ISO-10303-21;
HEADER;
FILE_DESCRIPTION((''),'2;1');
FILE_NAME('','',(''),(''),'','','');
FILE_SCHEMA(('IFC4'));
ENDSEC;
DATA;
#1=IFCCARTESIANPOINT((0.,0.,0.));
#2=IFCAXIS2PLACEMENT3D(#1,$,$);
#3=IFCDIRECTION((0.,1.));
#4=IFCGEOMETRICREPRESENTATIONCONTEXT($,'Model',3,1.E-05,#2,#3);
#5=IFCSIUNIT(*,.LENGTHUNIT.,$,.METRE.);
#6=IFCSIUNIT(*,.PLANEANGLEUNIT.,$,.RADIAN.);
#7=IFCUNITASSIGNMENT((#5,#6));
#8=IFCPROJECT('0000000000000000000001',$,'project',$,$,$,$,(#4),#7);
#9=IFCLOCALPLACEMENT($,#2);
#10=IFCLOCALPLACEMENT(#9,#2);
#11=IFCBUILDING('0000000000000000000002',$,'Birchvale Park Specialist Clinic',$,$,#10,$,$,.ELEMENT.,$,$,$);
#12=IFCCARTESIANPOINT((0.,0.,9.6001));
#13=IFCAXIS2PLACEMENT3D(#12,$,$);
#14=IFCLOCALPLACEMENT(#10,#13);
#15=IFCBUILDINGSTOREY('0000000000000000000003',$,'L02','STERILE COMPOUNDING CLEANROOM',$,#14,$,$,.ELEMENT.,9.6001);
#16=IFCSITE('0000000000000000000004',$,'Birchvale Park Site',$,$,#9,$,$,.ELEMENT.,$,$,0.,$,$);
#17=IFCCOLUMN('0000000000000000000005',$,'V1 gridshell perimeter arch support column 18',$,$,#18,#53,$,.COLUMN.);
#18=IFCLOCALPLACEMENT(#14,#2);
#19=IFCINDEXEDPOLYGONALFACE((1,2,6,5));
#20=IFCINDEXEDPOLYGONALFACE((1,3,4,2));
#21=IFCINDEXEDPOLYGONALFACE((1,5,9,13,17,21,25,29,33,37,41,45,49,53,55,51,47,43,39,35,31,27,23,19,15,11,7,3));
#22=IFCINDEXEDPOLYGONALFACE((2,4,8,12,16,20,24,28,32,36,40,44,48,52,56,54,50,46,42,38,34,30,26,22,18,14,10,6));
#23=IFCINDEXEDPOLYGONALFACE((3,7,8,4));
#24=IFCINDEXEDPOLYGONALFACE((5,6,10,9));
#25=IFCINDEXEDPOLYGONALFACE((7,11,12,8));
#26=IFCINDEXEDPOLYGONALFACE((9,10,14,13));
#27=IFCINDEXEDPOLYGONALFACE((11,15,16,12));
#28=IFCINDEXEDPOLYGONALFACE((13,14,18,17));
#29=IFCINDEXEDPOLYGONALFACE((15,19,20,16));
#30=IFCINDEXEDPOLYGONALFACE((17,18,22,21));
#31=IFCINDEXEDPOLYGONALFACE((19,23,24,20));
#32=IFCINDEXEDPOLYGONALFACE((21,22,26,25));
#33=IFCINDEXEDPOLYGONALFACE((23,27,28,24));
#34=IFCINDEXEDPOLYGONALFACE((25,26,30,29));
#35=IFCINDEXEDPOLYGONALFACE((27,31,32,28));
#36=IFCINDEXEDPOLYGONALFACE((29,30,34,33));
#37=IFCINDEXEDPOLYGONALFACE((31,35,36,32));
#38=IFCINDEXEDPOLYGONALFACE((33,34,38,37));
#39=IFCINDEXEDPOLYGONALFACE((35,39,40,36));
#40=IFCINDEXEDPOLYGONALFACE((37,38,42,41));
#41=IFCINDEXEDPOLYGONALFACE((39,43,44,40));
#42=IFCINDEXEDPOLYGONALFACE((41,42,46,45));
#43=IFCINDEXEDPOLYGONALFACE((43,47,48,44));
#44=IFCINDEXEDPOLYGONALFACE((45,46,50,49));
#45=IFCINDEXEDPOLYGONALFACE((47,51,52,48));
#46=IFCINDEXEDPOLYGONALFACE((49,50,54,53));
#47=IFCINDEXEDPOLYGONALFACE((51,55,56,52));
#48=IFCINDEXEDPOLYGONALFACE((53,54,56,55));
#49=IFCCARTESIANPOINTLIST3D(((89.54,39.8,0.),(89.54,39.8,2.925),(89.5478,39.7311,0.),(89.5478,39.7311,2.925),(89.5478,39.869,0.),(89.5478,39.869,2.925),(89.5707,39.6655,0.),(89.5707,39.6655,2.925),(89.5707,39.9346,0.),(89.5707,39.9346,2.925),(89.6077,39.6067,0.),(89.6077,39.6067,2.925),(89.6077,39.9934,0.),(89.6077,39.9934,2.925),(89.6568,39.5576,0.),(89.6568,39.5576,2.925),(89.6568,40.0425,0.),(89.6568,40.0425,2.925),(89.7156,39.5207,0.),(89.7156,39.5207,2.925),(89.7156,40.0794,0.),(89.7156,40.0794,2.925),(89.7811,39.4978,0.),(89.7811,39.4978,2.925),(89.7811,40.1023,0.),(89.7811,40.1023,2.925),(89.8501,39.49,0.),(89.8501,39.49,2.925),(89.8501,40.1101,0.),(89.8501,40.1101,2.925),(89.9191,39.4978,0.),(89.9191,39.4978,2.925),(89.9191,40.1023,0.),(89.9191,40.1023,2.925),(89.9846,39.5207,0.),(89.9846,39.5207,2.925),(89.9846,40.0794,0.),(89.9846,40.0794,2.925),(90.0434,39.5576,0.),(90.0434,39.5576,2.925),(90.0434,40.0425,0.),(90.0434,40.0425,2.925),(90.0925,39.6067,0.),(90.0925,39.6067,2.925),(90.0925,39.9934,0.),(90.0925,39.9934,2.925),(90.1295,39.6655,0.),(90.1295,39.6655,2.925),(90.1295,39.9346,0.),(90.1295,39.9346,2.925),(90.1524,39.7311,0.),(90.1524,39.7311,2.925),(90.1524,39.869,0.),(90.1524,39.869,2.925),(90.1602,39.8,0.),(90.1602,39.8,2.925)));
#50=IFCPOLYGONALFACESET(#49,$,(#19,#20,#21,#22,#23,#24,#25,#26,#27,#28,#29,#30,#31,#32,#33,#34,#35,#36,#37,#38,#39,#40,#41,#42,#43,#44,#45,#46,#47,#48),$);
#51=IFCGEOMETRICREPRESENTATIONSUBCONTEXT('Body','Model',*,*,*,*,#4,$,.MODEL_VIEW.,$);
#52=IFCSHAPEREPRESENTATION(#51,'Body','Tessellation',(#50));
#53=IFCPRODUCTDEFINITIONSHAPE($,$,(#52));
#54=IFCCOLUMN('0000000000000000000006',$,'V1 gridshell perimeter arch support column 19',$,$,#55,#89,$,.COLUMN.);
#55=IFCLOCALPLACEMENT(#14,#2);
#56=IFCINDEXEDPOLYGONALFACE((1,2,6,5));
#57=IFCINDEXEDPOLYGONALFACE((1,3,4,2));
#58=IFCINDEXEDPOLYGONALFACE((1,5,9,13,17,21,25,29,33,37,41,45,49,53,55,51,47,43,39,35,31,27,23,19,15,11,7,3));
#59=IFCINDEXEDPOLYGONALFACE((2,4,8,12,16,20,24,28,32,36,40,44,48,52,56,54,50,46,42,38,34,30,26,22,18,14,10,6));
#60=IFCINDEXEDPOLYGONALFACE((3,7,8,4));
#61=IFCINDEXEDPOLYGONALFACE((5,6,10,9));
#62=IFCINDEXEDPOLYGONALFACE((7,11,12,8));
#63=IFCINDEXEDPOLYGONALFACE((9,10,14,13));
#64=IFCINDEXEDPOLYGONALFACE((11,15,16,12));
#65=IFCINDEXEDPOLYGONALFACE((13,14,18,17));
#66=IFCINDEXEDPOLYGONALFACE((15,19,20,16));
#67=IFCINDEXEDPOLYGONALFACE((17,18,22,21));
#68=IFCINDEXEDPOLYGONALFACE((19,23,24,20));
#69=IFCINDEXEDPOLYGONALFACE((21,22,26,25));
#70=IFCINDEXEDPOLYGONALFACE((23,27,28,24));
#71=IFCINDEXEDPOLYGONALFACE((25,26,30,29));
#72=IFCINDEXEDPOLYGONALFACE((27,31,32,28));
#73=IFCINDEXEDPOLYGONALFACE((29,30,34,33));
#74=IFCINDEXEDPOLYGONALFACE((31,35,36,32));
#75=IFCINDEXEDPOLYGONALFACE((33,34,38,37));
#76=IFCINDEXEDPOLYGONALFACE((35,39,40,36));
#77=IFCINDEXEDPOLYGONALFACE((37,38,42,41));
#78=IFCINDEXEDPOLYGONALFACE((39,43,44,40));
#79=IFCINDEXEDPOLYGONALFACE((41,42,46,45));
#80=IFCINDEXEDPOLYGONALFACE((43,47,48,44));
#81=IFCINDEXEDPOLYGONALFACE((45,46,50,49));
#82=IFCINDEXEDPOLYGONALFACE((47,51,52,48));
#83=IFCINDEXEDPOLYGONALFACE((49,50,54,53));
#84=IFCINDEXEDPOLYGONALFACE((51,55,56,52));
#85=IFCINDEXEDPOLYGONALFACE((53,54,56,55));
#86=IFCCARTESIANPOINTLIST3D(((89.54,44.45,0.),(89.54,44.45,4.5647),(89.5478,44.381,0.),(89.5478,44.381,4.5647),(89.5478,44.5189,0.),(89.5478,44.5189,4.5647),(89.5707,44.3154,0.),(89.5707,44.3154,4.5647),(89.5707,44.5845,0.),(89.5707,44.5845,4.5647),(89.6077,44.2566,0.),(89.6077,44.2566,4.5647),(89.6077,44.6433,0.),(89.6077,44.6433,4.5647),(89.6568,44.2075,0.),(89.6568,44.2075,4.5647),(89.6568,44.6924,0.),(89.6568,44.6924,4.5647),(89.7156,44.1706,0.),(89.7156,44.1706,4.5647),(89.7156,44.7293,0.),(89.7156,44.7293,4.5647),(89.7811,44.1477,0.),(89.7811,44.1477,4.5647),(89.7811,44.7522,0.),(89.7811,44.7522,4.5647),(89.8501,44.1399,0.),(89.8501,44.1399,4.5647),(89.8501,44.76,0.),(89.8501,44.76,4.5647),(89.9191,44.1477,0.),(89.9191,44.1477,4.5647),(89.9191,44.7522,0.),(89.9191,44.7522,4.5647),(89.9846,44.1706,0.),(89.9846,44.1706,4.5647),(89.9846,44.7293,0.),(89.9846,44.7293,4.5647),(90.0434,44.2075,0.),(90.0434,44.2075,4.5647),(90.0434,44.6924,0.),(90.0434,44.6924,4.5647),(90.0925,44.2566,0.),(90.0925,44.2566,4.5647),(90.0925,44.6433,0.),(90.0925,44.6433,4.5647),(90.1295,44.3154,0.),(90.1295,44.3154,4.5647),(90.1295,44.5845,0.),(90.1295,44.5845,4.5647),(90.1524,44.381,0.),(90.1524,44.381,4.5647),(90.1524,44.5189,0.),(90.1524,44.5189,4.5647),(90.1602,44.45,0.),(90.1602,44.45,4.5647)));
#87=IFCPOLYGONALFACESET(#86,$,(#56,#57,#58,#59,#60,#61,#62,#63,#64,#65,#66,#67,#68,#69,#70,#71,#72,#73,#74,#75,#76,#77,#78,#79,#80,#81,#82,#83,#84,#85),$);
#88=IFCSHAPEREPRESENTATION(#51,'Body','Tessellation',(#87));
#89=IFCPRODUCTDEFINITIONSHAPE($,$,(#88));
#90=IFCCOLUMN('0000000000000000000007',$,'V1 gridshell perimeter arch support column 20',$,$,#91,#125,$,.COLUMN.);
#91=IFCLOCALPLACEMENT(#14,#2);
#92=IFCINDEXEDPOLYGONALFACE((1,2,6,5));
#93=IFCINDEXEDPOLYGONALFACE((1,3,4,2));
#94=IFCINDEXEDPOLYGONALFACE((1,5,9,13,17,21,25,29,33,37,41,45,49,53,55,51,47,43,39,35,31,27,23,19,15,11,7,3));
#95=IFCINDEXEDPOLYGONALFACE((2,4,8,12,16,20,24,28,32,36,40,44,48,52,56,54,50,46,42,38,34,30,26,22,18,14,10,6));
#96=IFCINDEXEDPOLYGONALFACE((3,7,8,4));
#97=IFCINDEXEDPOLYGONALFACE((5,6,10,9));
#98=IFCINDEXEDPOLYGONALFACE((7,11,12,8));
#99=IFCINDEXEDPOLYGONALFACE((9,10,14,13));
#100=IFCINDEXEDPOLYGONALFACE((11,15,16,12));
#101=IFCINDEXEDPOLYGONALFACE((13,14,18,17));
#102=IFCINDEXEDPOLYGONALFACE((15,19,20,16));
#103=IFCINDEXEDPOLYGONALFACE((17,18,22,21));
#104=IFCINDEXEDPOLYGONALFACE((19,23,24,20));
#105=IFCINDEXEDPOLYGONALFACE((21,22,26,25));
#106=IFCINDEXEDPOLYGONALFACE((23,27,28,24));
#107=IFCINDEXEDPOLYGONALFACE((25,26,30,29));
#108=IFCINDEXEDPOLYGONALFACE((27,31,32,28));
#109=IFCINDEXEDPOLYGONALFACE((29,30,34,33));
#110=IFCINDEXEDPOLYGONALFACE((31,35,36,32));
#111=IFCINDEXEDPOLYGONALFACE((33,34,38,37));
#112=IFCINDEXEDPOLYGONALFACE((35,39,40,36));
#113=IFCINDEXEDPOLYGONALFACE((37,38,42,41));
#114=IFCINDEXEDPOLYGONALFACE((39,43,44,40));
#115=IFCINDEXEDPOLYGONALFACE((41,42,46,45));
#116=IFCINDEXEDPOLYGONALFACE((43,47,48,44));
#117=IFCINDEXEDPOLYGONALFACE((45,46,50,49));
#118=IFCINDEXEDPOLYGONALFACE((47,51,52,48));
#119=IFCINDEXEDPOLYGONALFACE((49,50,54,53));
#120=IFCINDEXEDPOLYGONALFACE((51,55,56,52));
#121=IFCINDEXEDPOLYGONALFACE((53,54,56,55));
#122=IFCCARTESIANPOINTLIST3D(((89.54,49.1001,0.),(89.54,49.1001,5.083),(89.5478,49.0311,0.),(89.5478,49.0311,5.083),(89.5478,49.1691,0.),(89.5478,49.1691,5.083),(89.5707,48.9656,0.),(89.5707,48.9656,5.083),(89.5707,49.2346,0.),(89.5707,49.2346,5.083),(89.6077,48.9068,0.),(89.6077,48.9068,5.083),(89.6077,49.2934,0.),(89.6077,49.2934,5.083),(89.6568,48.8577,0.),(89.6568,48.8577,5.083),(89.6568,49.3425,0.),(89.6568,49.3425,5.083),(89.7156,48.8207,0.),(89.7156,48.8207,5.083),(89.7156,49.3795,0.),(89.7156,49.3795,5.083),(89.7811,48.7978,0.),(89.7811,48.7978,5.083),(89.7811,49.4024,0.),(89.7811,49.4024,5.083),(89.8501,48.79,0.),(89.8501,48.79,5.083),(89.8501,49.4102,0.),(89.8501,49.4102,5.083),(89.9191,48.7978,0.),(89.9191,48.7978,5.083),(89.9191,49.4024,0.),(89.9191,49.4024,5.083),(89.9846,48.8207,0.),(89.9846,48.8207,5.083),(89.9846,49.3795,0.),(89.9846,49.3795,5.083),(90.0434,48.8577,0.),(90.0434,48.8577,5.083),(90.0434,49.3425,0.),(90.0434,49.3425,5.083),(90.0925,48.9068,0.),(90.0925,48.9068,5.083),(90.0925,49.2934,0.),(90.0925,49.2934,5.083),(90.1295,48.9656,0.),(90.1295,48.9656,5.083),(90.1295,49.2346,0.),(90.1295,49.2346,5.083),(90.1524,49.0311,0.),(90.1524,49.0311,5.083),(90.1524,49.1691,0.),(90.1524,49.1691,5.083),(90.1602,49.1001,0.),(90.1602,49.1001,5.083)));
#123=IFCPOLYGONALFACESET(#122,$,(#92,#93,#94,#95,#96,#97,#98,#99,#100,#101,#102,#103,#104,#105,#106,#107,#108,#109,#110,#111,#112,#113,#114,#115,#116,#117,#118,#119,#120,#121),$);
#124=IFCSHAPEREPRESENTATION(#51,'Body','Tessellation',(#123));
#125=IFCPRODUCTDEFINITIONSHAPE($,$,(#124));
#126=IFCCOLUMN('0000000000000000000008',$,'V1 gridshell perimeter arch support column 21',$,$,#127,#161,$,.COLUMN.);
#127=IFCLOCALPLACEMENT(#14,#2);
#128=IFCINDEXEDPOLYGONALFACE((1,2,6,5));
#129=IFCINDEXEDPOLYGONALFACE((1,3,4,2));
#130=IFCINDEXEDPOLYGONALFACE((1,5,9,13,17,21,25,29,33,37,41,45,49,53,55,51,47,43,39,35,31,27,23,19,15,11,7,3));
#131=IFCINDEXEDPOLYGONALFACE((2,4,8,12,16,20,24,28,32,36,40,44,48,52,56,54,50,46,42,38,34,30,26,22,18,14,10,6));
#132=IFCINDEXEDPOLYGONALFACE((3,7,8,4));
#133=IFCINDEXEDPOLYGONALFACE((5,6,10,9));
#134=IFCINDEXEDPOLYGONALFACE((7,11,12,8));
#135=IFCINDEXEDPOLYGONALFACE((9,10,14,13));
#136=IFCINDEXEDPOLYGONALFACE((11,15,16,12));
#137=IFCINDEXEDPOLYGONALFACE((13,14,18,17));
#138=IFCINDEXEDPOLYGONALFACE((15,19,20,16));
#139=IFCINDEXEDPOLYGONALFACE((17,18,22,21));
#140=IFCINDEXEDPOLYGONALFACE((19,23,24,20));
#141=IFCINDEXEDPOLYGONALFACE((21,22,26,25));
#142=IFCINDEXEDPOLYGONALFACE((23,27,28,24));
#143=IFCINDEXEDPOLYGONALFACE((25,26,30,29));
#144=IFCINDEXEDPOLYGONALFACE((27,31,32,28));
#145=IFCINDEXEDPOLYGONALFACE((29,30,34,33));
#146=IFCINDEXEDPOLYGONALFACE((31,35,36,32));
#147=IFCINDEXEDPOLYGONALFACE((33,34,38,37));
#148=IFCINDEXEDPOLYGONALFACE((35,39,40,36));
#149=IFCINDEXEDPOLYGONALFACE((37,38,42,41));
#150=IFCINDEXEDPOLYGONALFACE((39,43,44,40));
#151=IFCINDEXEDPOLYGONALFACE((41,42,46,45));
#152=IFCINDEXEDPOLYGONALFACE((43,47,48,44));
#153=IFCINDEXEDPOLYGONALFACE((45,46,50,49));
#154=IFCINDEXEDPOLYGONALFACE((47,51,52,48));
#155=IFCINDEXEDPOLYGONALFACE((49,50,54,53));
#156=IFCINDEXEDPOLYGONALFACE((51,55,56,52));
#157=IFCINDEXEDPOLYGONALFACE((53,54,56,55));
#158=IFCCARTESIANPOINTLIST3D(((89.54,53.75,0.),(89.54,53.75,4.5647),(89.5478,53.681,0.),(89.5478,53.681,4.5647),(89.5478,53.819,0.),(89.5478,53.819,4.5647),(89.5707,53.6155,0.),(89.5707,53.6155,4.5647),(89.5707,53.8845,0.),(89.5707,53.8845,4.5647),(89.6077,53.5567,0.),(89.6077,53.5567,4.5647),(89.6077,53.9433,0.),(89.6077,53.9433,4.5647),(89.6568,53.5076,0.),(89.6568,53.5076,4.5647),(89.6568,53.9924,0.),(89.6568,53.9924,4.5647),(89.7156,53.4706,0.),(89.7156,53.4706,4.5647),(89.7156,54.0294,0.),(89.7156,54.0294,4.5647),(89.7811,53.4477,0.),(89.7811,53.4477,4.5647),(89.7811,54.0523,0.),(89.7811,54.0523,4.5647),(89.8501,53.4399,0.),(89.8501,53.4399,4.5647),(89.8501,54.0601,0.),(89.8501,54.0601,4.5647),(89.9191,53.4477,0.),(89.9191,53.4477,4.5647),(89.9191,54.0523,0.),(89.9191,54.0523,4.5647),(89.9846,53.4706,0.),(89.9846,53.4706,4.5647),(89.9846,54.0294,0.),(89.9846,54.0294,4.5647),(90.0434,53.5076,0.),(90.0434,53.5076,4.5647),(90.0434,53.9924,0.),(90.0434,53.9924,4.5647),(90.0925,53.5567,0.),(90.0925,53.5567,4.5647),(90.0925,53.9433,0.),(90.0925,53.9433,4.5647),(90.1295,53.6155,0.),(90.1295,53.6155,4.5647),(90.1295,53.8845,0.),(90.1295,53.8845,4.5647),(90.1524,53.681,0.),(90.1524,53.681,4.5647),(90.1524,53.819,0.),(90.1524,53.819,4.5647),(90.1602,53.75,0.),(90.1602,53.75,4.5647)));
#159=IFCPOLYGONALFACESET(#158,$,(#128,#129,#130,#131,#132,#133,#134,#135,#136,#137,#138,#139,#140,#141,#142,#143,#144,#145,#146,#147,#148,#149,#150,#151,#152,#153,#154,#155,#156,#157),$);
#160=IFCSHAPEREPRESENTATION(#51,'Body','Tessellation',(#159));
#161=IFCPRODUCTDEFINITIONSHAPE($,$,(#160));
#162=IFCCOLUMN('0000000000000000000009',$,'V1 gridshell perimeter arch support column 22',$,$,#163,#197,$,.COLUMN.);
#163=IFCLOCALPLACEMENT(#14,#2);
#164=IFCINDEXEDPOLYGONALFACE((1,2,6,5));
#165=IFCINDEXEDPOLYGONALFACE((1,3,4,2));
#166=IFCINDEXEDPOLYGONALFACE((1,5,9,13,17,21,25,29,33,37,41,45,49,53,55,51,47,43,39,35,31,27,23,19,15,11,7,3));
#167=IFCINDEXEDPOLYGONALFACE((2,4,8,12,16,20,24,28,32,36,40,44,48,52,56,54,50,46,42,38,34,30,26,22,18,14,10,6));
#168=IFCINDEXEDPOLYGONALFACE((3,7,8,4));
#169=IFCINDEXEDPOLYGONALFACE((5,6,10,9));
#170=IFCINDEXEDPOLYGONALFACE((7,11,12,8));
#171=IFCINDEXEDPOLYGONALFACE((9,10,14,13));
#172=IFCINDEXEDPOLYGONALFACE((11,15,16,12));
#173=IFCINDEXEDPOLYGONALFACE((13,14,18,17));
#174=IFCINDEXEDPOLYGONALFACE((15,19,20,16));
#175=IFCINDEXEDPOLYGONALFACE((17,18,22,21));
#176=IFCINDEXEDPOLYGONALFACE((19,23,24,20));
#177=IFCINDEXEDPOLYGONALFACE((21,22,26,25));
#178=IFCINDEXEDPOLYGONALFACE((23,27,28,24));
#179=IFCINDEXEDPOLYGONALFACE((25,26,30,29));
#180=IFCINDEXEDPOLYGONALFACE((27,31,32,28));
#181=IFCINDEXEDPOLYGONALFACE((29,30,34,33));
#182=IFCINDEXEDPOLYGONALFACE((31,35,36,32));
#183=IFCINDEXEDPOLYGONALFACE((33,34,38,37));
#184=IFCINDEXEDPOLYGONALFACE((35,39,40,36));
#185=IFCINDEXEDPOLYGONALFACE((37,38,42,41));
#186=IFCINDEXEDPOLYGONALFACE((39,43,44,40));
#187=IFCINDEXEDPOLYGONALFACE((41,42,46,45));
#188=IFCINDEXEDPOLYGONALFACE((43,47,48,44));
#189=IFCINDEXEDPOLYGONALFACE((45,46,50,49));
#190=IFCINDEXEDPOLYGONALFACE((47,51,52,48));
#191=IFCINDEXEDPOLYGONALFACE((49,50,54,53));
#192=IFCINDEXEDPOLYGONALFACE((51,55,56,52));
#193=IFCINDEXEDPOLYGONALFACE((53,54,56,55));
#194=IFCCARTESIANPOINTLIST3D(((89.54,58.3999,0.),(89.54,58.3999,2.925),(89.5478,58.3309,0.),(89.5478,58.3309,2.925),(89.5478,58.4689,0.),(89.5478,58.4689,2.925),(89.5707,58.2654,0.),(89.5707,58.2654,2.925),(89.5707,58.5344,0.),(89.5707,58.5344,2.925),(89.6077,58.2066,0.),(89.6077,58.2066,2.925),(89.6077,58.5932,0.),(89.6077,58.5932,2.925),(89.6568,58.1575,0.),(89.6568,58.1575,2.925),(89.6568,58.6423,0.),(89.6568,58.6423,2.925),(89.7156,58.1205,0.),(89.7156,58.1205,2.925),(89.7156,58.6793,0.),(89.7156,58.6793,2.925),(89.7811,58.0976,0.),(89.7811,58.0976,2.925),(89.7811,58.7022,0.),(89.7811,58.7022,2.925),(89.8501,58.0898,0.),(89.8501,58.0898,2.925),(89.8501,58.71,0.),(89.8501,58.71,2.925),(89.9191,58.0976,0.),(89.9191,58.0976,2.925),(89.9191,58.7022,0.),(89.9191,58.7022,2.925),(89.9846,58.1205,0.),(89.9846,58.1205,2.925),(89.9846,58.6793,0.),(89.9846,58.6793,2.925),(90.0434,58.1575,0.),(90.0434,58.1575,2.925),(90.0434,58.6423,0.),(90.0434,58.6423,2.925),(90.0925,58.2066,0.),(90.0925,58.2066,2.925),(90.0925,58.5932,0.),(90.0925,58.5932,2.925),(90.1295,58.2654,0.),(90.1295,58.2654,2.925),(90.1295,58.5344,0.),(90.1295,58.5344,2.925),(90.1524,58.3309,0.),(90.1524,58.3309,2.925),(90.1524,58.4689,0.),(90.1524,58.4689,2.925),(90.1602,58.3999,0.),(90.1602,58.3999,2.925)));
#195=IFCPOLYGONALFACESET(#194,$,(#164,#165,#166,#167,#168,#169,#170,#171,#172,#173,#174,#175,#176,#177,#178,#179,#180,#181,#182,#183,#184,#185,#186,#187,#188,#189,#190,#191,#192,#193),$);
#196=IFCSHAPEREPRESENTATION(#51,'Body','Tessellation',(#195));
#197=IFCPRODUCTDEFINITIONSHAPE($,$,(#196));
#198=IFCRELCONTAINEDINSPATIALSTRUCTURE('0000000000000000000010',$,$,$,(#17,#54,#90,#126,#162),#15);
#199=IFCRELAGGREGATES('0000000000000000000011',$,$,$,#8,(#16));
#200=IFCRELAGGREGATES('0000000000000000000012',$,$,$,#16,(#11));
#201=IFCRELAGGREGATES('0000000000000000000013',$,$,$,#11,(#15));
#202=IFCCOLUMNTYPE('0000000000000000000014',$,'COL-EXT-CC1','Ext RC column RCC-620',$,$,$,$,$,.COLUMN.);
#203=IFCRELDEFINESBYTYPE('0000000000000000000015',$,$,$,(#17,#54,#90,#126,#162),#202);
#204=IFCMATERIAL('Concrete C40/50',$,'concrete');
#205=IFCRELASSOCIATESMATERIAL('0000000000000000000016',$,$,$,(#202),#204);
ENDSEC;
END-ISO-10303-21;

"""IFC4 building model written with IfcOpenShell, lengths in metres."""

from ifc_helpers import new_model, si_unit, direction, frame, origin, origin_2d, place, context, subcontext, project, spatial, circle, extrude, material, material_profile, profile_set, type_object, element, save


model = new_model("IFC4")

# Units and contexts
model_context = context("Model", 3, precision=1e-05, world=origin(), true_north=direction((0.0, 1.0)))
body_context = subcontext(model_context, "Body", "Model", "MODEL_VIEW")
ifc_project = project(units=[si_unit("LENGTHUNIT", "METRE"), si_unit("PLANEANGLEUNIT", "RADIAN")], contexts=[model_context])

# Site, building, storey
site_placement = place(None, origin())
site = spatial("IfcSite", under=ifc_project, at=site_placement, Name="Birchvale Park Site", CompositionType="ELEMENT", RefElevation=0.0)
building_placement = place(site_placement, origin())
building = spatial("IfcBuilding", under=site, at=building_placement, Name="Birchvale Park Specialist Clinic", CompositionType="ELEMENT")
storey_placement = place(building_placement, frame((0.0, 0.0, 9.6001)))
storey = spatial("IfcBuildingStorey", under=building, at=storey_placement, Name="L02", Description="STERILE COMPOUNDING CLEANROOM", CompositionType="ELEMENT", Elevation=9.6001)

# Columns
ifc_material_1 = material(Name="Concrete C40/50", Category="concrete")
ifc_material_profile_1 = material_profile(ifc_material_1, circle(Radius=0.3101, at=origin_2d()), Name="RCC-620")
ifc_profile_set_1 = profile_set([ifc_material_profile_1], Name="Concrete C40/50")
column_type_1 = type_object("IfcColumnType", Name="COL-EXT-CC1", Description="Ext RC column RCC-620", PredefinedType="COLUMN", material=ifc_profile_set_1)
column_1_placement = place(storey_placement, frame((89.8501, 39.8, 0.0), z_axis=(0.0, 0.0, 1.0), x_axis=(1.0, 0.0, 0.0)))
element("IfcColumn", 1, at=column_1_placement, inside=storey, type_object=column_type_1, Name="V1 gridshell perimeter arch support column 18", PredefinedType="COLUMN", context=body_context, shape_type="SweptSolid", body=[
    extrude(circle(Radius=0.3101, at=origin_2d()), origin(), (0.0, 0.0, 1.0), 2.925),
])
column_2_placement = place(storey_placement, frame((89.8501, 44.45, 0.0), z_axis=(0.0, 0.0, 1.0), x_axis=(1.0, 0.0, 0.0)))
element("IfcColumn", 2, at=column_2_placement, inside=storey, type_object=column_type_1, Name="V1 gridshell perimeter arch support column 19", PredefinedType="COLUMN", context=body_context, shape_type="SweptSolid", body=[
    extrude(circle(Radius=0.3101, at=origin_2d()), origin(), (0.0, 0.0, 1.0), 4.5647),
])
column_3_placement = place(storey_placement, frame((89.8501, 49.1001, 0.0), z_axis=(0.0, 0.0, 1.0), x_axis=(1.0, 0.0, 0.0)))
element("IfcColumn", 3, at=column_3_placement, inside=storey, type_object=column_type_1, Name="V1 gridshell perimeter arch support column 20", PredefinedType="COLUMN", context=body_context, shape_type="SweptSolid", body=[
    extrude(circle(Radius=0.3101, at=origin_2d()), origin(), (0.0, 0.0, 1.0), 5.083),
])
column_4_placement = place(storey_placement, frame((89.8501, 53.75, 0.0), z_axis=(0.0, 0.0, 1.0), x_axis=(1.0, 0.0, 0.0)))
element("IfcColumn", 4, at=column_4_placement, inside=storey, type_object=column_type_1, Name="V1 gridshell perimeter arch support column 21", PredefinedType="COLUMN", context=body_context, shape_type="SweptSolid", body=[
    extrude(circle(Radius=0.3101, at=origin_2d()), origin(), (0.0, 0.0, 1.0), 4.5647),
])
column_5_placement = place(storey_placement, frame((89.8501, 58.3999, 0.0), z_axis=(0.0, 0.0, 1.0), x_axis=(1.0, 0.0, 0.0)))
element("IfcColumn", 5, at=column_5_placement, inside=storey, type_object=column_type_1, Name="V1 gridshell perimeter arch support column 22", PredefinedType="COLUMN", context=body_context, shape_type="SweptSolid", body=[
    extrude(circle(Radius=0.3101, at=origin_2d()), origin(), (0.0, 0.0, 1.0), 2.925),
])

save(model, "model.ifc")
